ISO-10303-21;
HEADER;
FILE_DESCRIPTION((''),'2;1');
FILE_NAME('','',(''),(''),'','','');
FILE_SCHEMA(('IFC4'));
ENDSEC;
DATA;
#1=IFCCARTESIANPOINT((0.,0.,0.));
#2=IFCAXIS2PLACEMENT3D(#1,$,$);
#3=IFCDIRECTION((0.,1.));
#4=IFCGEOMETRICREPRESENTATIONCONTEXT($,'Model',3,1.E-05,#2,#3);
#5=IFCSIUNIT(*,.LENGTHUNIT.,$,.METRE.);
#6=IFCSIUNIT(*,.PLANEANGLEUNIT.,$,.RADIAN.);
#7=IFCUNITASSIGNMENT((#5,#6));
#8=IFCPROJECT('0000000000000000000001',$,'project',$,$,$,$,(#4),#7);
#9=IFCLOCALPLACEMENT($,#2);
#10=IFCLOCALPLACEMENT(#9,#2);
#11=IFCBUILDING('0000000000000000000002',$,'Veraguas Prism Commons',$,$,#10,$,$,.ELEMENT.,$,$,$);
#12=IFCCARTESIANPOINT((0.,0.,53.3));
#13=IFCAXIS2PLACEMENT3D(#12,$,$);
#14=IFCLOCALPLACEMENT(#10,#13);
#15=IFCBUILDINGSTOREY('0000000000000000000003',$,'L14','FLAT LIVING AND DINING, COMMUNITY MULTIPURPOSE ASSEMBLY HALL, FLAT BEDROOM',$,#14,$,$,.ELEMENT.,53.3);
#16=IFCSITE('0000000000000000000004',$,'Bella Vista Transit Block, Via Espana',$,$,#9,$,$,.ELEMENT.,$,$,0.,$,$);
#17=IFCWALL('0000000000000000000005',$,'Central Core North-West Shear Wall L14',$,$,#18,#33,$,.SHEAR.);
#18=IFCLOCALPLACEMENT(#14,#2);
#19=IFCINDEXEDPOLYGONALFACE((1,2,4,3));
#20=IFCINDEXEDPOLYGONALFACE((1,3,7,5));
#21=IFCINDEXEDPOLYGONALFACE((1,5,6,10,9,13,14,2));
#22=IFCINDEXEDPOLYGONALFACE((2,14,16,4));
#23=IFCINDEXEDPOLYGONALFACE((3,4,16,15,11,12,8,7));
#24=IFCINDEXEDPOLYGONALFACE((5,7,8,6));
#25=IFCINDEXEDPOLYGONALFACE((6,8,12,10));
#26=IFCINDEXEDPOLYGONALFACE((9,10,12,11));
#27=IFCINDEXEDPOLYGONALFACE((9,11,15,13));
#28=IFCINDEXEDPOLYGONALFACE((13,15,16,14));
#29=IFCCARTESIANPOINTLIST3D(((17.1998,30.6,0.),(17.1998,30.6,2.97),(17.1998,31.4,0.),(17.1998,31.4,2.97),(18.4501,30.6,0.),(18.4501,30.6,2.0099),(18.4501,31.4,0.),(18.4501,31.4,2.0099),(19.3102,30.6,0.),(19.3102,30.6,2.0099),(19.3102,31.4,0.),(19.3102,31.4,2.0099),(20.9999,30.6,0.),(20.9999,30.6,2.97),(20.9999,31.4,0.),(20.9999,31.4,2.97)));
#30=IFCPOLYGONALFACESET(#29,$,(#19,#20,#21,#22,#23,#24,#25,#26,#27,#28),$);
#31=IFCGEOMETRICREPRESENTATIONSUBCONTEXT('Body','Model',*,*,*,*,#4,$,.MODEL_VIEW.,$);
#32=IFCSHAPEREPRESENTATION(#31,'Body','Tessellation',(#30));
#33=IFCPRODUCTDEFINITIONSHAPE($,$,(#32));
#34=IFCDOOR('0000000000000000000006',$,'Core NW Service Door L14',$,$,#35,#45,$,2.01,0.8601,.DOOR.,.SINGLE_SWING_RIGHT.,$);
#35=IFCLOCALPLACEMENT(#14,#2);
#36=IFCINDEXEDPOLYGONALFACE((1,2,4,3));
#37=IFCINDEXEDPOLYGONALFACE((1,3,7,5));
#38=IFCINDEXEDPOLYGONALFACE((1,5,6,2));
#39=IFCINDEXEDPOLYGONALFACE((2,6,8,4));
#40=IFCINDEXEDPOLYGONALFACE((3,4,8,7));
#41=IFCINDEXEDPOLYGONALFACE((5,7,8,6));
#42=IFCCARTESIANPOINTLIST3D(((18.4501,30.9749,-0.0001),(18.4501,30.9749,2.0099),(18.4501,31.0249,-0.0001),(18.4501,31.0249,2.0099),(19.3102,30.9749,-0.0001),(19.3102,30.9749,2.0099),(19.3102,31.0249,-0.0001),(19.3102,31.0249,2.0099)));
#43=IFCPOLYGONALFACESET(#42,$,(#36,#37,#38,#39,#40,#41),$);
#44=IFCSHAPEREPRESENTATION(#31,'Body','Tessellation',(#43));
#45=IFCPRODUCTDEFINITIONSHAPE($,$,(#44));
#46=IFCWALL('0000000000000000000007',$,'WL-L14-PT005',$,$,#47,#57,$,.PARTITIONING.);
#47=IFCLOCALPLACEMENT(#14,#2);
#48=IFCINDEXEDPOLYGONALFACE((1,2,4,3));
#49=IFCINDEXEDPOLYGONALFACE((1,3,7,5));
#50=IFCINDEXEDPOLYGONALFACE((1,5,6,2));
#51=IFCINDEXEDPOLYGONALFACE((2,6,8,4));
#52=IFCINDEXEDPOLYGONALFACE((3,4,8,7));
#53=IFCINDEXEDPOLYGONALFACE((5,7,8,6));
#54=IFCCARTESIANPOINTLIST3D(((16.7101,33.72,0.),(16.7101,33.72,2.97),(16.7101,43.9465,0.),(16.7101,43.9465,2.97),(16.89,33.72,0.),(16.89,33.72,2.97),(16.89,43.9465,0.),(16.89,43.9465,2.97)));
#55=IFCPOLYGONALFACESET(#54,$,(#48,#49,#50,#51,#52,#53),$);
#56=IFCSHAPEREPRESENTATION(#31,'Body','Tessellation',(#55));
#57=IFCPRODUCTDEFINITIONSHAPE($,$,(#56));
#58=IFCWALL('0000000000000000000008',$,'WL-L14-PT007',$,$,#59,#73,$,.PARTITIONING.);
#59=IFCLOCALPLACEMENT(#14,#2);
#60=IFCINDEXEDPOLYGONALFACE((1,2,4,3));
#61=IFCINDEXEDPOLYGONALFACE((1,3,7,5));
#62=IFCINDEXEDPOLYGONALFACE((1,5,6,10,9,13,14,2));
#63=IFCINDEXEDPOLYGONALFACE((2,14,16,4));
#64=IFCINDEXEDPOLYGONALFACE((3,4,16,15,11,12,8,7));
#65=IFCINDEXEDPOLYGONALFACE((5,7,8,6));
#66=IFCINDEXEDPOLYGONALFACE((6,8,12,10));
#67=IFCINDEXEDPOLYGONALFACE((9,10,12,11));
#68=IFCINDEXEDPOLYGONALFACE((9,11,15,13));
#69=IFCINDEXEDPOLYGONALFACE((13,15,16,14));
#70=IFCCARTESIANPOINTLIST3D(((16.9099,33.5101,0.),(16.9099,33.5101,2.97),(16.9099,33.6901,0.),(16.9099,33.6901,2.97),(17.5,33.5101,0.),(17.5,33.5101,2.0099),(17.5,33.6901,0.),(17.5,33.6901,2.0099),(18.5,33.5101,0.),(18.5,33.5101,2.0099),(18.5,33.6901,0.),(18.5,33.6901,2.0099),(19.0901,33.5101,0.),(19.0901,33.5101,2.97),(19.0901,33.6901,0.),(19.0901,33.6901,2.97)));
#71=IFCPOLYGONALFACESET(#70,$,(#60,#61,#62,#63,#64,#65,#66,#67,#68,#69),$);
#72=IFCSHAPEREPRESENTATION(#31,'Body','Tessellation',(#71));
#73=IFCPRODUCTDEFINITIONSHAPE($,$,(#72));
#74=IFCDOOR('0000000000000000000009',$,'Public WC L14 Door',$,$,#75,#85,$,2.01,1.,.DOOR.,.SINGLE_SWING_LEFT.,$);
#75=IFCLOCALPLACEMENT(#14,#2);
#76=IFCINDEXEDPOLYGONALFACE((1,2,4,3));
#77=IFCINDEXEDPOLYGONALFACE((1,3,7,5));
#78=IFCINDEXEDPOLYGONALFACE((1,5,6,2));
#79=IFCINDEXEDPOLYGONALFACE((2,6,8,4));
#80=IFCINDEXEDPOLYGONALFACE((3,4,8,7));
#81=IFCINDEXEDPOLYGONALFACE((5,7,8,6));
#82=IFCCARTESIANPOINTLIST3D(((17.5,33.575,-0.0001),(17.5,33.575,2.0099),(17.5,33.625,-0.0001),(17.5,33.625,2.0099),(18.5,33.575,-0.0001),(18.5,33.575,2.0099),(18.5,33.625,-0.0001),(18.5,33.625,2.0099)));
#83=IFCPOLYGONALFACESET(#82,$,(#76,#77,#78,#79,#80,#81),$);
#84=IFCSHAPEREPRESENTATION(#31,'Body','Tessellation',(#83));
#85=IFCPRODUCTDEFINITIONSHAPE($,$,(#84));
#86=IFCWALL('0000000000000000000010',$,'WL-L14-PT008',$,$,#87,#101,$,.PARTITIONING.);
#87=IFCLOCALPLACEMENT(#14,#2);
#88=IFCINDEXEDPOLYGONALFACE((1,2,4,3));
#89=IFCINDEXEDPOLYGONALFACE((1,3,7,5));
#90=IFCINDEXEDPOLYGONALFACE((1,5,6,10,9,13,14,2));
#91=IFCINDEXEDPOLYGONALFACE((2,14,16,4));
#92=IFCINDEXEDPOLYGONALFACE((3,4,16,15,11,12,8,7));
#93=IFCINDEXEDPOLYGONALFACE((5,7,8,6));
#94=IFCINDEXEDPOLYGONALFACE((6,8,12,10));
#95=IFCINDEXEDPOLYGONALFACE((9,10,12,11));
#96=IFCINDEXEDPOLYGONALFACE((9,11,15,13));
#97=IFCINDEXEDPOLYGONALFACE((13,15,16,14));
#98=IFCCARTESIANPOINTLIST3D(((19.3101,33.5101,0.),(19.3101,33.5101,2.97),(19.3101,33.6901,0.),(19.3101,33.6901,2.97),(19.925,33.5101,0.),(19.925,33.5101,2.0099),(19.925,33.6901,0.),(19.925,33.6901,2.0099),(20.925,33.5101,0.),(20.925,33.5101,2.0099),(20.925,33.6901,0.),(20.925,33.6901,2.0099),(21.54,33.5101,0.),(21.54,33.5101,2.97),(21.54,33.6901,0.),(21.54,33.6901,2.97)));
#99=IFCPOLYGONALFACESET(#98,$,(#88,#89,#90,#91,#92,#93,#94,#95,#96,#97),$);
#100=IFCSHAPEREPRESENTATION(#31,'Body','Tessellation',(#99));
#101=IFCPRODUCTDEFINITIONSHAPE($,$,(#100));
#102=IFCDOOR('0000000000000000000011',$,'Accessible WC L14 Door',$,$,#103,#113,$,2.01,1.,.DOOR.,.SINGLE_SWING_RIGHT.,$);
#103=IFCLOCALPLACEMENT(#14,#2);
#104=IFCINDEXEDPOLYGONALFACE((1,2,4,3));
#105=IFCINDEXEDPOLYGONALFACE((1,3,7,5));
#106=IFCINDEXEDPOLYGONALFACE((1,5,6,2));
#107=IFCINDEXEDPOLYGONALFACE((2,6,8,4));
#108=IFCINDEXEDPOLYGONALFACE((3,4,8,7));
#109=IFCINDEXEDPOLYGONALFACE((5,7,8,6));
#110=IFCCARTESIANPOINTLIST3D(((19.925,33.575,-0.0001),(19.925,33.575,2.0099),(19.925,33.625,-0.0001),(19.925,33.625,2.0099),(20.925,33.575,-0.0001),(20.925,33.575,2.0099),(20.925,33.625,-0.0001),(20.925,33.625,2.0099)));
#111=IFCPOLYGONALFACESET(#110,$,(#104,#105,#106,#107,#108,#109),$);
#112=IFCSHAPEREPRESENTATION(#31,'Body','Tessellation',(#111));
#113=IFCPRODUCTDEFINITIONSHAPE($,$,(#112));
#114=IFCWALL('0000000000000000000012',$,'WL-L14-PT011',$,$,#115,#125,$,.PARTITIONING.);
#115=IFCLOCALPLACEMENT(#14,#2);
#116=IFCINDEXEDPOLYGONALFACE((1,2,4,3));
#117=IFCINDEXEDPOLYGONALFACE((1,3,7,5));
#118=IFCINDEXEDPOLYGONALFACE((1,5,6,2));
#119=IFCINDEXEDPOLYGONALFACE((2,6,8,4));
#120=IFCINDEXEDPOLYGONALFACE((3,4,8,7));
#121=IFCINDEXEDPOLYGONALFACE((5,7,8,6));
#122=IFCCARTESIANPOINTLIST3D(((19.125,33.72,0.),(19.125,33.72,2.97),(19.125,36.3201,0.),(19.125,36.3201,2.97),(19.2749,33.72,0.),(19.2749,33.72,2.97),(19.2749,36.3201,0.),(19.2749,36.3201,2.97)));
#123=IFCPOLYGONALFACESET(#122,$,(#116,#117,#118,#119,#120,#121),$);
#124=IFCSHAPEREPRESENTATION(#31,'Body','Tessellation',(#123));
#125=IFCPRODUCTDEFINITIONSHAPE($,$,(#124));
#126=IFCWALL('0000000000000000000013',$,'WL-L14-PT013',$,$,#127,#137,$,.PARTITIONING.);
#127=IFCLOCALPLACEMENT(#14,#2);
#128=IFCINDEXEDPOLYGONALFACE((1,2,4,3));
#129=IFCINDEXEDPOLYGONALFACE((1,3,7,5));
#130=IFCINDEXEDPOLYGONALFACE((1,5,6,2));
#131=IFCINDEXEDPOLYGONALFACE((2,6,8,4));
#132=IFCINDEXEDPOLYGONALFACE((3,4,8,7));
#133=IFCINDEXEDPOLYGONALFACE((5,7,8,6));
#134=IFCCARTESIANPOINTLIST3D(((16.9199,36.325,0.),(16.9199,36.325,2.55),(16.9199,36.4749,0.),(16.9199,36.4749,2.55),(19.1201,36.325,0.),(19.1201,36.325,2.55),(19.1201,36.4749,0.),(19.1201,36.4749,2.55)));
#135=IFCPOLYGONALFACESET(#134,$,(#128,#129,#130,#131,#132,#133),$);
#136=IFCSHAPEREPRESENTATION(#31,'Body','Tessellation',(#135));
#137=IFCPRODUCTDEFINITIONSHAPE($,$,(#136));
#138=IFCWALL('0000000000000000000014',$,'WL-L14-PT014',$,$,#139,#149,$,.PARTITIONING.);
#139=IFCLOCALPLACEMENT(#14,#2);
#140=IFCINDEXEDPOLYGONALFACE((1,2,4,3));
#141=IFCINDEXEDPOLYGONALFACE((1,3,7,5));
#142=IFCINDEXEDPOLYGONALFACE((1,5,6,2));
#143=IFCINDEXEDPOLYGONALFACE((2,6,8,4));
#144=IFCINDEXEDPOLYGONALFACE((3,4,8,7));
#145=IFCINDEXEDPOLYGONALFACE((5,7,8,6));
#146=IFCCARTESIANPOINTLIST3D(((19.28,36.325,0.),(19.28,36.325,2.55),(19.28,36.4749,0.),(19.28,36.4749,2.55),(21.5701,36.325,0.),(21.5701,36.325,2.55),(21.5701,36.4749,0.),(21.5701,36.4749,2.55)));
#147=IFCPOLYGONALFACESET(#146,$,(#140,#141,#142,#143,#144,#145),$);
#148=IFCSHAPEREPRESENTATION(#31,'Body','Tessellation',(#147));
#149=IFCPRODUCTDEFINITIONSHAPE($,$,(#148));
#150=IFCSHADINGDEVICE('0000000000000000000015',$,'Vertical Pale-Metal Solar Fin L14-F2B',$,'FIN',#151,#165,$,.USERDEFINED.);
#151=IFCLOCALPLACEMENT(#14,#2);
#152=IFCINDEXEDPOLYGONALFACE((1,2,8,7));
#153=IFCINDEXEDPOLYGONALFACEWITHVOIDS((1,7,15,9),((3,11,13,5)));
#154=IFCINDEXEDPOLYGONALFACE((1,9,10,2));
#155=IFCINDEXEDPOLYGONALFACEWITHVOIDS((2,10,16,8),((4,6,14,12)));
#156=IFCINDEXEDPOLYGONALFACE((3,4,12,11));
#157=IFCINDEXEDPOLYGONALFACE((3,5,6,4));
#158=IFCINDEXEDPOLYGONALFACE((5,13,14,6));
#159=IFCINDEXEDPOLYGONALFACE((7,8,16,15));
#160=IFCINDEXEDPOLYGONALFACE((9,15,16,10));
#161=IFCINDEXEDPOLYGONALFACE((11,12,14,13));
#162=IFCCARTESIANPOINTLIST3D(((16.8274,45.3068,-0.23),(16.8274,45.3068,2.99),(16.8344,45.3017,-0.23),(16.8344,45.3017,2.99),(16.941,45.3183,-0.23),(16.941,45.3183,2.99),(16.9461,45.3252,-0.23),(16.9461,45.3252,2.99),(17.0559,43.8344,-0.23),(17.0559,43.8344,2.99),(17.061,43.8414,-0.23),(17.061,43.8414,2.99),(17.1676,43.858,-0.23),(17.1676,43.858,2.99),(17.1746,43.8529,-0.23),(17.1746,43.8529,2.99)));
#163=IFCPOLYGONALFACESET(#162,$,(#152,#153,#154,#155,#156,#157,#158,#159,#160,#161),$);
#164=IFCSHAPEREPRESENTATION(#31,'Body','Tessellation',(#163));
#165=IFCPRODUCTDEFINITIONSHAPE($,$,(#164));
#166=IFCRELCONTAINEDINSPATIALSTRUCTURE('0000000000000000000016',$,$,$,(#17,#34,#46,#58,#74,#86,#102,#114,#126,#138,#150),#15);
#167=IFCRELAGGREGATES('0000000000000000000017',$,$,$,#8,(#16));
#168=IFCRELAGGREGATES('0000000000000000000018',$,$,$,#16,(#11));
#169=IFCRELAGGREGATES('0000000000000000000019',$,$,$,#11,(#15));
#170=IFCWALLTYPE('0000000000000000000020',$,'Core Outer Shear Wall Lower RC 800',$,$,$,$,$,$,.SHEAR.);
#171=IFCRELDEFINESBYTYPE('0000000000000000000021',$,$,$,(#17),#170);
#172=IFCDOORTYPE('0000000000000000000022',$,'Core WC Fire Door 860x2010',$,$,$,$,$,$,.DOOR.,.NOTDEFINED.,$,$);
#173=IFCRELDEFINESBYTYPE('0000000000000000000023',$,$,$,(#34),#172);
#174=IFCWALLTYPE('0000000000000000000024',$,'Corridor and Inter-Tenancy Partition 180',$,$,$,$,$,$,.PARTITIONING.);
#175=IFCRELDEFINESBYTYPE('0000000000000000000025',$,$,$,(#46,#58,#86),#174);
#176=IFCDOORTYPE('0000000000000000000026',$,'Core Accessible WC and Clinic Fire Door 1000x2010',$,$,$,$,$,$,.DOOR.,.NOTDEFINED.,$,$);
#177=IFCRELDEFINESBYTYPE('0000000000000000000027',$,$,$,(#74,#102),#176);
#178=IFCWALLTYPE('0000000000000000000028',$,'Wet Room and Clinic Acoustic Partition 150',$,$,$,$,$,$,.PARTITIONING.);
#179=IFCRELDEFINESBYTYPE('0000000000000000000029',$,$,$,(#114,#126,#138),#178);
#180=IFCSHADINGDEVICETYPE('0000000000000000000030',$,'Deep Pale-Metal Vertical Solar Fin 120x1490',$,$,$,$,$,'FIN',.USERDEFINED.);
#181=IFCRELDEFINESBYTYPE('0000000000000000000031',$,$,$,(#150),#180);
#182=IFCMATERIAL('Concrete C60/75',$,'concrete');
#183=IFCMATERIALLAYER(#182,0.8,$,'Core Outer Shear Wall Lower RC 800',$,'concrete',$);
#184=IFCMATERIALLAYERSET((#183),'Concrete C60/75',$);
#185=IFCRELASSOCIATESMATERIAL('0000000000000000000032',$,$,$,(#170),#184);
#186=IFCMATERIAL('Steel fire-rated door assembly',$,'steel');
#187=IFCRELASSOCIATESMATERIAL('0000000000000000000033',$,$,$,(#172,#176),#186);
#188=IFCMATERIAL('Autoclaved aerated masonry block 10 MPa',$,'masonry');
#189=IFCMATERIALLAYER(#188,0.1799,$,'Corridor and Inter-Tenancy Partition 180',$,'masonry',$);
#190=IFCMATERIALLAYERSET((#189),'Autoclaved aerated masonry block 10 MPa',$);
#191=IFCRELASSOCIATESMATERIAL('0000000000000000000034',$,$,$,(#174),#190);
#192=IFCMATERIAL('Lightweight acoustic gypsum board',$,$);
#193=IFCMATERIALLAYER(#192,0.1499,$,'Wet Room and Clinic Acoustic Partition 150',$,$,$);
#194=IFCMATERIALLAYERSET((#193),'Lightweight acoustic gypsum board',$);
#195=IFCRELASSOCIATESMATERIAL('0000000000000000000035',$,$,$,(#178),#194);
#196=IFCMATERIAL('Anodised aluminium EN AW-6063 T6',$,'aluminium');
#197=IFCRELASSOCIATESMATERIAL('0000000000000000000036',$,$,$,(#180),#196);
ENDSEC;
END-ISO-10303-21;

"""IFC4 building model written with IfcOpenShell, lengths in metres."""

from ifc_helpers import new_model, si_unit, direction, frame, frame_2d, origin, origin_2d, place, context, subcontext, project, spatial, rectangle, hollow_rectangle, extrude, source, transform, mapped, material, layer, layer_set, material_profile, profile_set, type_object, element, fill, save


model = new_model("IFC4")

# Units and contexts
model_context = context("Model", 3, precision=1e-05, world=origin(), true_north=direction((0.0, 1.0)))
body_context = subcontext(model_context, "Body", "Model", "MODEL_VIEW")
ifc_project = project(units=[si_unit("LENGTHUNIT", "METRE"), si_unit("PLANEANGLEUNIT", "RADIAN")], contexts=[model_context])

# Site, building, storey
site_placement = place(None, origin())
site = spatial("IfcSite", under=ifc_project, at=site_placement, Name="Bella Vista Transit Block, Via Espana", CompositionType="ELEMENT", RefElevation=0.0)
building_placement = place(site_placement, origin())
building = spatial("IfcBuilding", under=site, at=building_placement, Name="Veraguas Prism Commons", CompositionType="ELEMENT")
storey_placement = place(building_placement, frame((0.0, 0.0, 53.3)))
storey = spatial("IfcBuildingStorey", under=building, at=storey_placement, Name="L14", Description="FLAT LIVING AND DINING, COMMUNITY MULTIPURPOSE ASSEMBLY HALL, FLAT BEDROOM", CompositionType="ELEMENT", Elevation=53.3)

# Shared definitions
ifc_material_1 = material(Name="Concrete C60/75", Category="concrete")

# Shared definitions
ifc_material_2 = material(Name="Anodised aluminium EN AW-6063 T6", Category="aluminium")

# Wall, opening, door
ifc_layer_1 = layer(ifc_material_1, 0.8, Name="Core Outer Shear Wall Lower RC 800", Category="concrete")
ifc_layer_set_1 = layer_set([ifc_layer_1], Name="Concrete C60/75")
wall_type_1 = type_object("IfcWallType", Name="Core Outer Shear Wall Lower RC 800", PredefinedType="SHEAR", material=ifc_layer_set_1)
wall_1_placement = place(storey_placement, frame((17.2, 31.0, 0.0), z_axis=(0.0, 0.0, 1.0), x_axis=(1.0, 0.0, 0.0)))
wall_1 = element("IfcWall", 1, at=wall_1_placement, inside=storey, type_object=wall_type_1, Name="Central Core North-West Shear Wall L14", PredefinedType="SHEAR", context=body_context, shape_type="SweptSolid", body=[
    extrude(rectangle(XDim=3.8, YDim=0.8, at=frame_2d((1.8999, 0.0))), origin(), (0.0, 0.0, 1.0), 2.97),
])
opening_1_placement = place(wall_1_placement, frame((1.25, 0.0, 0.0)))
opening_1 = element("IfcOpeningElement", 2, at=opening_1_placement, cuts=wall_1, PredefinedType="OPENING", context=body_context, shape_type="SweptSolid", body=[
    extrude(rectangle(XDim=0.8601, YDim=2.01, at=frame_2d((0.4302, 1.0049))), frame((0.0, 0.4099, 0.0), z_axis=(0.0, -1.0, 0.0), x_axis=(1.0, 0.0, 0.0)), (0.0, 0.0, 1.0), 0.8201),
])
ifc_material_3 = material(Name="Steel fire-rated door assembly", Category="steel")
door_type_1 = type_object("IfcDoorType", Name="Core WC Fire Door 860x2010", OperationType="NOTDEFINED", PredefinedType="DOOR", material=ifc_material_3)
shared_shape_1 = source(origin(), body_context, "Body", "SweptSolid", [
    extrude(rectangle(XDim=0.8601, YDim=2.01, at=frame_2d((0.4302, 1.0049))), frame((0.0, 0.0249, 0.0), z_axis=(0.0, -1.0, 0.0), x_axis=(1.0, 0.0, 0.0)), (0.0, 0.0, 1.0), 0.05),
])
door_1_placement = place(opening_1_placement, origin())
door_1 = element("IfcDoor", 3, at=door_1_placement, inside=storey, type_object=door_type_1, Name="Core NW Service Door L14", OperationType="SINGLE_SWING_RIGHT", OverallHeight=2.01, OverallWidth=0.8601, PredefinedType="DOOR", context=body_context, shape_type="MappedRepresentation", body=[
    mapped(shared_shape_1, transform((0.0, 0.0, 0.0), scale=1.0)),
])
fill(opening_1, door_1)

# Wall
ifc_material_4 = material(Name="Autoclaved aerated masonry block 10 MPa", Category="masonry")
ifc_layer_2 = layer(ifc_material_4, 0.1799, Name="Corridor and Inter-Tenancy Partition 180", Category="masonry")
ifc_layer_set_2 = layer_set([ifc_layer_2], Name="Autoclaved aerated masonry block 10 MPa")
wall_type_2 = type_object("IfcWallType", Name="Corridor and Inter-Tenancy Partition 180", PredefinedType="PARTITIONING", material=ifc_layer_set_2)
wall_2_placement = place(storey_placement, frame((16.8, 33.72, 0.0), z_axis=(0.0, 0.0, 1.0), x_axis=(0.0, 1.0, 0.0)))
element("IfcWall", 4, at=wall_2_placement, inside=storey, type_object=wall_type_2, Name="WL-L14-PT005", PredefinedType="PARTITIONING", context=body_context, shape_type="SweptSolid", body=[
    extrude(rectangle(XDim=10.2266, YDim=0.1799, at=frame_2d((5.1133, 0.0))), origin(), (0.0, 0.0, 1.0), 2.97),
])

# Walls, openings, doors
wall_3_placement = place(storey_placement, frame((16.9099, 33.6001, 0.0), z_axis=(0.0, 0.0, 1.0), x_axis=(1.0, 0.0, 0.0)))
wall_3 = element("IfcWall", 5, at=wall_3_placement, inside=storey, type_object=wall_type_2, Name="WL-L14-PT007", PredefinedType="PARTITIONING", context=body_context, shape_type="SweptSolid", body=[
    extrude(rectangle(XDim=2.1802, YDim=0.1799, at=frame_2d((1.0901, 0.0))), origin(), (0.0, 0.0, 1.0), 2.97),
])
opening_2_placement = place(wall_3_placement, frame((0.5901, 0.0, 0.0)))
opening_2 = element("IfcOpeningElement", 6, at=opening_2_placement, cuts=wall_3, PredefinedType="OPENING", context=body_context, shape_type="SweptSolid", body=[
    extrude(rectangle(XDim=1.0, YDim=2.01, at=frame_2d((0.5, 1.0049))), frame((0.0, 0.0999, 0.0), z_axis=(0.0, -1.0, 0.0), x_axis=(1.0, 0.0, 0.0)), (0.0, 0.0, 1.0), 0.2),
])
door_type_2 = type_object("IfcDoorType", Name="Core Accessible WC and Clinic Fire Door 1000x2010", OperationType="NOTDEFINED", PredefinedType="DOOR", material=ifc_material_3)
shared_shape_2 = source(origin(), body_context, "Body", "SweptSolid", [
    extrude(rectangle(XDim=1.0, YDim=2.01, at=frame_2d((0.5, 1.0049))), frame((0.0, 0.0249, 0.0), z_axis=(0.0, -1.0, 0.0), x_axis=(1.0, 0.0, 0.0)), (0.0, 0.0, 1.0), 0.05),
])
door_2_placement = place(opening_2_placement, origin())
door_2 = element("IfcDoor", 7, at=door_2_placement, inside=storey, type_object=door_type_2, Name="Public WC L14 Door", OperationType="SINGLE_SWING_LEFT", OverallHeight=2.01, OverallWidth=1.0, PredefinedType="DOOR", context=body_context, shape_type="MappedRepresentation", body=[
    mapped(shared_shape_2, transform((0.0, 0.0, 0.0), scale=1.0)),
])
fill(opening_2, door_2)
wall_4_placement = place(storey_placement, frame((19.3101, 33.6001, 0.0), z_axis=(0.0, 0.0, 1.0), x_axis=(1.0, 0.0, 0.0)))
wall_4 = element("IfcWall", 8, at=wall_4_placement, inside=storey, type_object=wall_type_2, Name="WL-L14-PT008", PredefinedType="PARTITIONING", context=body_context, shape_type="SweptSolid", body=[
    extrude(rectangle(XDim=2.23, YDim=0.1799, at=frame_2d((1.115, 0.0))), origin(), (0.0, 0.0, 1.0), 2.97),
])
opening_3_placement = place(wall_4_placement, frame((0.615, 0.0, 0.0)))
opening_3 = element("IfcOpeningElement", 9, at=opening_3_placement, cuts=wall_4, PredefinedType="OPENING", context=body_context, shape_type="SweptSolid", body=[
    extrude(rectangle(XDim=1.0, YDim=2.01, at=frame_2d((0.5, 1.0049))), frame((0.0, 0.0999, 0.0), z_axis=(0.0, -1.0, 0.0), x_axis=(1.0, 0.0, 0.0)), (0.0, 0.0, 1.0), 0.2),
])
door_3_placement = place(opening_3_placement, origin())
door_3 = element("IfcDoor", 10, at=door_3_placement, inside=storey, type_object=door_type_2, Name="Accessible WC L14 Door", OperationType="SINGLE_SWING_RIGHT", OverallHeight=2.01, OverallWidth=1.0, PredefinedType="DOOR", context=body_context, shape_type="MappedRepresentation", body=[
    mapped(shared_shape_2, transform((0.0, 0.0, 0.0), scale=1.0)),
])
fill(opening_3, door_3)

# Walls
ifc_material_5 = material(Name="Lightweight acoustic gypsum board")
ifc_layer_3 = layer(ifc_material_5, 0.1499, Name="Wet Room and Clinic Acoustic Partition 150")
ifc_layer_set_3 = layer_set([ifc_layer_3], Name="Lightweight acoustic gypsum board")
wall_type_3 = type_object("IfcWallType", Name="Wet Room and Clinic Acoustic Partition 150", PredefinedType="PARTITIONING", material=ifc_layer_set_3)
wall_5_placement = place(storey_placement, frame((19.2, 33.72, 0.0), z_axis=(0.0, 0.0, 1.0), x_axis=(0.0, 1.0, 0.0)))
element("IfcWall", 11, at=wall_5_placement, inside=storey, type_object=wall_type_3, Name="WL-L14-PT011", PredefinedType="PARTITIONING", context=body_context, shape_type="SweptSolid", body=[
    extrude(rectangle(XDim=2.6001, YDim=0.1499, at=frame_2d((1.3, 0.0))), origin(), (0.0, 0.0, 1.0), 2.97),
])
wall_6_placement = place(storey_placement, frame((16.9199, 36.3999, 0.0), z_axis=(0.0, 0.0, 1.0), x_axis=(1.0, 0.0, 0.0)))
element("IfcWall", 12, at=wall_6_placement, inside=storey, type_object=wall_type_3, Name="WL-L14-PT013", PredefinedType="PARTITIONING", context=body_context, shape_type="SweptSolid", body=[
    extrude(rectangle(XDim=2.2002, YDim=0.1499, at=frame_2d((1.1001, 0.0))), origin(), (0.0, 0.0, 1.0), 2.55),
])
wall_7_placement = place(storey_placement, frame((19.28, 36.3999, 0.0), z_axis=(0.0, 0.0, 1.0), x_axis=(1.0, 0.0, 0.0)))
element("IfcWall", 13, at=wall_7_placement, inside=storey, type_object=wall_type_3, Name="WL-L14-PT014", PredefinedType="PARTITIONING", context=body_context, shape_type="SweptSolid", body=[
    extrude(rectangle(XDim=2.29, YDim=0.1499, at=frame_2d((1.145, 0.0))), origin(), (0.0, 0.0, 1.0), 2.55),
])

# Shading device
ifc_material_profile_1 = material_profile(ifc_material_2, hollow_rectangle(XDim=0.1201, YDim=1.49, WallThickness=0.0061, at=origin_2d()), Name="FIN120X1490X6")
ifc_profile_set_1 = profile_set([ifc_material_profile_1], Name="Anodised aluminium EN AW-6063 T6")
shading_device_type = type_object("IfcShadingDeviceType", Name="Deep Pale-Metal Vertical Solar Fin 120x1490", ElementType="FIN", PredefinedType="USERDEFINED", material=ifc_profile_set_1)
shading_device_placement = place(storey_placement, frame((17.001, 44.5798, -0.23), z_axis=(0.0, 0.0, 1.0), x_axis=(-0.988175, -0.153331, 0.0)))
element("IfcShadingDevice", 14, at=shading_device_placement, inside=storey, type_object=shading_device_type, Name="Vertical Pale-Metal Solar Fin L14-F2B", ObjectType="FIN", PredefinedType="USERDEFINED", context=body_context, shape_type="SweptSolid", body=[
    extrude(hollow_rectangle(XDim=0.1201, YDim=1.49, WallThickness=0.0061, at=origin_2d()), origin(), (0.0, 0.0, 1.0), 3.22),
])

save(model, "model.ifc")
